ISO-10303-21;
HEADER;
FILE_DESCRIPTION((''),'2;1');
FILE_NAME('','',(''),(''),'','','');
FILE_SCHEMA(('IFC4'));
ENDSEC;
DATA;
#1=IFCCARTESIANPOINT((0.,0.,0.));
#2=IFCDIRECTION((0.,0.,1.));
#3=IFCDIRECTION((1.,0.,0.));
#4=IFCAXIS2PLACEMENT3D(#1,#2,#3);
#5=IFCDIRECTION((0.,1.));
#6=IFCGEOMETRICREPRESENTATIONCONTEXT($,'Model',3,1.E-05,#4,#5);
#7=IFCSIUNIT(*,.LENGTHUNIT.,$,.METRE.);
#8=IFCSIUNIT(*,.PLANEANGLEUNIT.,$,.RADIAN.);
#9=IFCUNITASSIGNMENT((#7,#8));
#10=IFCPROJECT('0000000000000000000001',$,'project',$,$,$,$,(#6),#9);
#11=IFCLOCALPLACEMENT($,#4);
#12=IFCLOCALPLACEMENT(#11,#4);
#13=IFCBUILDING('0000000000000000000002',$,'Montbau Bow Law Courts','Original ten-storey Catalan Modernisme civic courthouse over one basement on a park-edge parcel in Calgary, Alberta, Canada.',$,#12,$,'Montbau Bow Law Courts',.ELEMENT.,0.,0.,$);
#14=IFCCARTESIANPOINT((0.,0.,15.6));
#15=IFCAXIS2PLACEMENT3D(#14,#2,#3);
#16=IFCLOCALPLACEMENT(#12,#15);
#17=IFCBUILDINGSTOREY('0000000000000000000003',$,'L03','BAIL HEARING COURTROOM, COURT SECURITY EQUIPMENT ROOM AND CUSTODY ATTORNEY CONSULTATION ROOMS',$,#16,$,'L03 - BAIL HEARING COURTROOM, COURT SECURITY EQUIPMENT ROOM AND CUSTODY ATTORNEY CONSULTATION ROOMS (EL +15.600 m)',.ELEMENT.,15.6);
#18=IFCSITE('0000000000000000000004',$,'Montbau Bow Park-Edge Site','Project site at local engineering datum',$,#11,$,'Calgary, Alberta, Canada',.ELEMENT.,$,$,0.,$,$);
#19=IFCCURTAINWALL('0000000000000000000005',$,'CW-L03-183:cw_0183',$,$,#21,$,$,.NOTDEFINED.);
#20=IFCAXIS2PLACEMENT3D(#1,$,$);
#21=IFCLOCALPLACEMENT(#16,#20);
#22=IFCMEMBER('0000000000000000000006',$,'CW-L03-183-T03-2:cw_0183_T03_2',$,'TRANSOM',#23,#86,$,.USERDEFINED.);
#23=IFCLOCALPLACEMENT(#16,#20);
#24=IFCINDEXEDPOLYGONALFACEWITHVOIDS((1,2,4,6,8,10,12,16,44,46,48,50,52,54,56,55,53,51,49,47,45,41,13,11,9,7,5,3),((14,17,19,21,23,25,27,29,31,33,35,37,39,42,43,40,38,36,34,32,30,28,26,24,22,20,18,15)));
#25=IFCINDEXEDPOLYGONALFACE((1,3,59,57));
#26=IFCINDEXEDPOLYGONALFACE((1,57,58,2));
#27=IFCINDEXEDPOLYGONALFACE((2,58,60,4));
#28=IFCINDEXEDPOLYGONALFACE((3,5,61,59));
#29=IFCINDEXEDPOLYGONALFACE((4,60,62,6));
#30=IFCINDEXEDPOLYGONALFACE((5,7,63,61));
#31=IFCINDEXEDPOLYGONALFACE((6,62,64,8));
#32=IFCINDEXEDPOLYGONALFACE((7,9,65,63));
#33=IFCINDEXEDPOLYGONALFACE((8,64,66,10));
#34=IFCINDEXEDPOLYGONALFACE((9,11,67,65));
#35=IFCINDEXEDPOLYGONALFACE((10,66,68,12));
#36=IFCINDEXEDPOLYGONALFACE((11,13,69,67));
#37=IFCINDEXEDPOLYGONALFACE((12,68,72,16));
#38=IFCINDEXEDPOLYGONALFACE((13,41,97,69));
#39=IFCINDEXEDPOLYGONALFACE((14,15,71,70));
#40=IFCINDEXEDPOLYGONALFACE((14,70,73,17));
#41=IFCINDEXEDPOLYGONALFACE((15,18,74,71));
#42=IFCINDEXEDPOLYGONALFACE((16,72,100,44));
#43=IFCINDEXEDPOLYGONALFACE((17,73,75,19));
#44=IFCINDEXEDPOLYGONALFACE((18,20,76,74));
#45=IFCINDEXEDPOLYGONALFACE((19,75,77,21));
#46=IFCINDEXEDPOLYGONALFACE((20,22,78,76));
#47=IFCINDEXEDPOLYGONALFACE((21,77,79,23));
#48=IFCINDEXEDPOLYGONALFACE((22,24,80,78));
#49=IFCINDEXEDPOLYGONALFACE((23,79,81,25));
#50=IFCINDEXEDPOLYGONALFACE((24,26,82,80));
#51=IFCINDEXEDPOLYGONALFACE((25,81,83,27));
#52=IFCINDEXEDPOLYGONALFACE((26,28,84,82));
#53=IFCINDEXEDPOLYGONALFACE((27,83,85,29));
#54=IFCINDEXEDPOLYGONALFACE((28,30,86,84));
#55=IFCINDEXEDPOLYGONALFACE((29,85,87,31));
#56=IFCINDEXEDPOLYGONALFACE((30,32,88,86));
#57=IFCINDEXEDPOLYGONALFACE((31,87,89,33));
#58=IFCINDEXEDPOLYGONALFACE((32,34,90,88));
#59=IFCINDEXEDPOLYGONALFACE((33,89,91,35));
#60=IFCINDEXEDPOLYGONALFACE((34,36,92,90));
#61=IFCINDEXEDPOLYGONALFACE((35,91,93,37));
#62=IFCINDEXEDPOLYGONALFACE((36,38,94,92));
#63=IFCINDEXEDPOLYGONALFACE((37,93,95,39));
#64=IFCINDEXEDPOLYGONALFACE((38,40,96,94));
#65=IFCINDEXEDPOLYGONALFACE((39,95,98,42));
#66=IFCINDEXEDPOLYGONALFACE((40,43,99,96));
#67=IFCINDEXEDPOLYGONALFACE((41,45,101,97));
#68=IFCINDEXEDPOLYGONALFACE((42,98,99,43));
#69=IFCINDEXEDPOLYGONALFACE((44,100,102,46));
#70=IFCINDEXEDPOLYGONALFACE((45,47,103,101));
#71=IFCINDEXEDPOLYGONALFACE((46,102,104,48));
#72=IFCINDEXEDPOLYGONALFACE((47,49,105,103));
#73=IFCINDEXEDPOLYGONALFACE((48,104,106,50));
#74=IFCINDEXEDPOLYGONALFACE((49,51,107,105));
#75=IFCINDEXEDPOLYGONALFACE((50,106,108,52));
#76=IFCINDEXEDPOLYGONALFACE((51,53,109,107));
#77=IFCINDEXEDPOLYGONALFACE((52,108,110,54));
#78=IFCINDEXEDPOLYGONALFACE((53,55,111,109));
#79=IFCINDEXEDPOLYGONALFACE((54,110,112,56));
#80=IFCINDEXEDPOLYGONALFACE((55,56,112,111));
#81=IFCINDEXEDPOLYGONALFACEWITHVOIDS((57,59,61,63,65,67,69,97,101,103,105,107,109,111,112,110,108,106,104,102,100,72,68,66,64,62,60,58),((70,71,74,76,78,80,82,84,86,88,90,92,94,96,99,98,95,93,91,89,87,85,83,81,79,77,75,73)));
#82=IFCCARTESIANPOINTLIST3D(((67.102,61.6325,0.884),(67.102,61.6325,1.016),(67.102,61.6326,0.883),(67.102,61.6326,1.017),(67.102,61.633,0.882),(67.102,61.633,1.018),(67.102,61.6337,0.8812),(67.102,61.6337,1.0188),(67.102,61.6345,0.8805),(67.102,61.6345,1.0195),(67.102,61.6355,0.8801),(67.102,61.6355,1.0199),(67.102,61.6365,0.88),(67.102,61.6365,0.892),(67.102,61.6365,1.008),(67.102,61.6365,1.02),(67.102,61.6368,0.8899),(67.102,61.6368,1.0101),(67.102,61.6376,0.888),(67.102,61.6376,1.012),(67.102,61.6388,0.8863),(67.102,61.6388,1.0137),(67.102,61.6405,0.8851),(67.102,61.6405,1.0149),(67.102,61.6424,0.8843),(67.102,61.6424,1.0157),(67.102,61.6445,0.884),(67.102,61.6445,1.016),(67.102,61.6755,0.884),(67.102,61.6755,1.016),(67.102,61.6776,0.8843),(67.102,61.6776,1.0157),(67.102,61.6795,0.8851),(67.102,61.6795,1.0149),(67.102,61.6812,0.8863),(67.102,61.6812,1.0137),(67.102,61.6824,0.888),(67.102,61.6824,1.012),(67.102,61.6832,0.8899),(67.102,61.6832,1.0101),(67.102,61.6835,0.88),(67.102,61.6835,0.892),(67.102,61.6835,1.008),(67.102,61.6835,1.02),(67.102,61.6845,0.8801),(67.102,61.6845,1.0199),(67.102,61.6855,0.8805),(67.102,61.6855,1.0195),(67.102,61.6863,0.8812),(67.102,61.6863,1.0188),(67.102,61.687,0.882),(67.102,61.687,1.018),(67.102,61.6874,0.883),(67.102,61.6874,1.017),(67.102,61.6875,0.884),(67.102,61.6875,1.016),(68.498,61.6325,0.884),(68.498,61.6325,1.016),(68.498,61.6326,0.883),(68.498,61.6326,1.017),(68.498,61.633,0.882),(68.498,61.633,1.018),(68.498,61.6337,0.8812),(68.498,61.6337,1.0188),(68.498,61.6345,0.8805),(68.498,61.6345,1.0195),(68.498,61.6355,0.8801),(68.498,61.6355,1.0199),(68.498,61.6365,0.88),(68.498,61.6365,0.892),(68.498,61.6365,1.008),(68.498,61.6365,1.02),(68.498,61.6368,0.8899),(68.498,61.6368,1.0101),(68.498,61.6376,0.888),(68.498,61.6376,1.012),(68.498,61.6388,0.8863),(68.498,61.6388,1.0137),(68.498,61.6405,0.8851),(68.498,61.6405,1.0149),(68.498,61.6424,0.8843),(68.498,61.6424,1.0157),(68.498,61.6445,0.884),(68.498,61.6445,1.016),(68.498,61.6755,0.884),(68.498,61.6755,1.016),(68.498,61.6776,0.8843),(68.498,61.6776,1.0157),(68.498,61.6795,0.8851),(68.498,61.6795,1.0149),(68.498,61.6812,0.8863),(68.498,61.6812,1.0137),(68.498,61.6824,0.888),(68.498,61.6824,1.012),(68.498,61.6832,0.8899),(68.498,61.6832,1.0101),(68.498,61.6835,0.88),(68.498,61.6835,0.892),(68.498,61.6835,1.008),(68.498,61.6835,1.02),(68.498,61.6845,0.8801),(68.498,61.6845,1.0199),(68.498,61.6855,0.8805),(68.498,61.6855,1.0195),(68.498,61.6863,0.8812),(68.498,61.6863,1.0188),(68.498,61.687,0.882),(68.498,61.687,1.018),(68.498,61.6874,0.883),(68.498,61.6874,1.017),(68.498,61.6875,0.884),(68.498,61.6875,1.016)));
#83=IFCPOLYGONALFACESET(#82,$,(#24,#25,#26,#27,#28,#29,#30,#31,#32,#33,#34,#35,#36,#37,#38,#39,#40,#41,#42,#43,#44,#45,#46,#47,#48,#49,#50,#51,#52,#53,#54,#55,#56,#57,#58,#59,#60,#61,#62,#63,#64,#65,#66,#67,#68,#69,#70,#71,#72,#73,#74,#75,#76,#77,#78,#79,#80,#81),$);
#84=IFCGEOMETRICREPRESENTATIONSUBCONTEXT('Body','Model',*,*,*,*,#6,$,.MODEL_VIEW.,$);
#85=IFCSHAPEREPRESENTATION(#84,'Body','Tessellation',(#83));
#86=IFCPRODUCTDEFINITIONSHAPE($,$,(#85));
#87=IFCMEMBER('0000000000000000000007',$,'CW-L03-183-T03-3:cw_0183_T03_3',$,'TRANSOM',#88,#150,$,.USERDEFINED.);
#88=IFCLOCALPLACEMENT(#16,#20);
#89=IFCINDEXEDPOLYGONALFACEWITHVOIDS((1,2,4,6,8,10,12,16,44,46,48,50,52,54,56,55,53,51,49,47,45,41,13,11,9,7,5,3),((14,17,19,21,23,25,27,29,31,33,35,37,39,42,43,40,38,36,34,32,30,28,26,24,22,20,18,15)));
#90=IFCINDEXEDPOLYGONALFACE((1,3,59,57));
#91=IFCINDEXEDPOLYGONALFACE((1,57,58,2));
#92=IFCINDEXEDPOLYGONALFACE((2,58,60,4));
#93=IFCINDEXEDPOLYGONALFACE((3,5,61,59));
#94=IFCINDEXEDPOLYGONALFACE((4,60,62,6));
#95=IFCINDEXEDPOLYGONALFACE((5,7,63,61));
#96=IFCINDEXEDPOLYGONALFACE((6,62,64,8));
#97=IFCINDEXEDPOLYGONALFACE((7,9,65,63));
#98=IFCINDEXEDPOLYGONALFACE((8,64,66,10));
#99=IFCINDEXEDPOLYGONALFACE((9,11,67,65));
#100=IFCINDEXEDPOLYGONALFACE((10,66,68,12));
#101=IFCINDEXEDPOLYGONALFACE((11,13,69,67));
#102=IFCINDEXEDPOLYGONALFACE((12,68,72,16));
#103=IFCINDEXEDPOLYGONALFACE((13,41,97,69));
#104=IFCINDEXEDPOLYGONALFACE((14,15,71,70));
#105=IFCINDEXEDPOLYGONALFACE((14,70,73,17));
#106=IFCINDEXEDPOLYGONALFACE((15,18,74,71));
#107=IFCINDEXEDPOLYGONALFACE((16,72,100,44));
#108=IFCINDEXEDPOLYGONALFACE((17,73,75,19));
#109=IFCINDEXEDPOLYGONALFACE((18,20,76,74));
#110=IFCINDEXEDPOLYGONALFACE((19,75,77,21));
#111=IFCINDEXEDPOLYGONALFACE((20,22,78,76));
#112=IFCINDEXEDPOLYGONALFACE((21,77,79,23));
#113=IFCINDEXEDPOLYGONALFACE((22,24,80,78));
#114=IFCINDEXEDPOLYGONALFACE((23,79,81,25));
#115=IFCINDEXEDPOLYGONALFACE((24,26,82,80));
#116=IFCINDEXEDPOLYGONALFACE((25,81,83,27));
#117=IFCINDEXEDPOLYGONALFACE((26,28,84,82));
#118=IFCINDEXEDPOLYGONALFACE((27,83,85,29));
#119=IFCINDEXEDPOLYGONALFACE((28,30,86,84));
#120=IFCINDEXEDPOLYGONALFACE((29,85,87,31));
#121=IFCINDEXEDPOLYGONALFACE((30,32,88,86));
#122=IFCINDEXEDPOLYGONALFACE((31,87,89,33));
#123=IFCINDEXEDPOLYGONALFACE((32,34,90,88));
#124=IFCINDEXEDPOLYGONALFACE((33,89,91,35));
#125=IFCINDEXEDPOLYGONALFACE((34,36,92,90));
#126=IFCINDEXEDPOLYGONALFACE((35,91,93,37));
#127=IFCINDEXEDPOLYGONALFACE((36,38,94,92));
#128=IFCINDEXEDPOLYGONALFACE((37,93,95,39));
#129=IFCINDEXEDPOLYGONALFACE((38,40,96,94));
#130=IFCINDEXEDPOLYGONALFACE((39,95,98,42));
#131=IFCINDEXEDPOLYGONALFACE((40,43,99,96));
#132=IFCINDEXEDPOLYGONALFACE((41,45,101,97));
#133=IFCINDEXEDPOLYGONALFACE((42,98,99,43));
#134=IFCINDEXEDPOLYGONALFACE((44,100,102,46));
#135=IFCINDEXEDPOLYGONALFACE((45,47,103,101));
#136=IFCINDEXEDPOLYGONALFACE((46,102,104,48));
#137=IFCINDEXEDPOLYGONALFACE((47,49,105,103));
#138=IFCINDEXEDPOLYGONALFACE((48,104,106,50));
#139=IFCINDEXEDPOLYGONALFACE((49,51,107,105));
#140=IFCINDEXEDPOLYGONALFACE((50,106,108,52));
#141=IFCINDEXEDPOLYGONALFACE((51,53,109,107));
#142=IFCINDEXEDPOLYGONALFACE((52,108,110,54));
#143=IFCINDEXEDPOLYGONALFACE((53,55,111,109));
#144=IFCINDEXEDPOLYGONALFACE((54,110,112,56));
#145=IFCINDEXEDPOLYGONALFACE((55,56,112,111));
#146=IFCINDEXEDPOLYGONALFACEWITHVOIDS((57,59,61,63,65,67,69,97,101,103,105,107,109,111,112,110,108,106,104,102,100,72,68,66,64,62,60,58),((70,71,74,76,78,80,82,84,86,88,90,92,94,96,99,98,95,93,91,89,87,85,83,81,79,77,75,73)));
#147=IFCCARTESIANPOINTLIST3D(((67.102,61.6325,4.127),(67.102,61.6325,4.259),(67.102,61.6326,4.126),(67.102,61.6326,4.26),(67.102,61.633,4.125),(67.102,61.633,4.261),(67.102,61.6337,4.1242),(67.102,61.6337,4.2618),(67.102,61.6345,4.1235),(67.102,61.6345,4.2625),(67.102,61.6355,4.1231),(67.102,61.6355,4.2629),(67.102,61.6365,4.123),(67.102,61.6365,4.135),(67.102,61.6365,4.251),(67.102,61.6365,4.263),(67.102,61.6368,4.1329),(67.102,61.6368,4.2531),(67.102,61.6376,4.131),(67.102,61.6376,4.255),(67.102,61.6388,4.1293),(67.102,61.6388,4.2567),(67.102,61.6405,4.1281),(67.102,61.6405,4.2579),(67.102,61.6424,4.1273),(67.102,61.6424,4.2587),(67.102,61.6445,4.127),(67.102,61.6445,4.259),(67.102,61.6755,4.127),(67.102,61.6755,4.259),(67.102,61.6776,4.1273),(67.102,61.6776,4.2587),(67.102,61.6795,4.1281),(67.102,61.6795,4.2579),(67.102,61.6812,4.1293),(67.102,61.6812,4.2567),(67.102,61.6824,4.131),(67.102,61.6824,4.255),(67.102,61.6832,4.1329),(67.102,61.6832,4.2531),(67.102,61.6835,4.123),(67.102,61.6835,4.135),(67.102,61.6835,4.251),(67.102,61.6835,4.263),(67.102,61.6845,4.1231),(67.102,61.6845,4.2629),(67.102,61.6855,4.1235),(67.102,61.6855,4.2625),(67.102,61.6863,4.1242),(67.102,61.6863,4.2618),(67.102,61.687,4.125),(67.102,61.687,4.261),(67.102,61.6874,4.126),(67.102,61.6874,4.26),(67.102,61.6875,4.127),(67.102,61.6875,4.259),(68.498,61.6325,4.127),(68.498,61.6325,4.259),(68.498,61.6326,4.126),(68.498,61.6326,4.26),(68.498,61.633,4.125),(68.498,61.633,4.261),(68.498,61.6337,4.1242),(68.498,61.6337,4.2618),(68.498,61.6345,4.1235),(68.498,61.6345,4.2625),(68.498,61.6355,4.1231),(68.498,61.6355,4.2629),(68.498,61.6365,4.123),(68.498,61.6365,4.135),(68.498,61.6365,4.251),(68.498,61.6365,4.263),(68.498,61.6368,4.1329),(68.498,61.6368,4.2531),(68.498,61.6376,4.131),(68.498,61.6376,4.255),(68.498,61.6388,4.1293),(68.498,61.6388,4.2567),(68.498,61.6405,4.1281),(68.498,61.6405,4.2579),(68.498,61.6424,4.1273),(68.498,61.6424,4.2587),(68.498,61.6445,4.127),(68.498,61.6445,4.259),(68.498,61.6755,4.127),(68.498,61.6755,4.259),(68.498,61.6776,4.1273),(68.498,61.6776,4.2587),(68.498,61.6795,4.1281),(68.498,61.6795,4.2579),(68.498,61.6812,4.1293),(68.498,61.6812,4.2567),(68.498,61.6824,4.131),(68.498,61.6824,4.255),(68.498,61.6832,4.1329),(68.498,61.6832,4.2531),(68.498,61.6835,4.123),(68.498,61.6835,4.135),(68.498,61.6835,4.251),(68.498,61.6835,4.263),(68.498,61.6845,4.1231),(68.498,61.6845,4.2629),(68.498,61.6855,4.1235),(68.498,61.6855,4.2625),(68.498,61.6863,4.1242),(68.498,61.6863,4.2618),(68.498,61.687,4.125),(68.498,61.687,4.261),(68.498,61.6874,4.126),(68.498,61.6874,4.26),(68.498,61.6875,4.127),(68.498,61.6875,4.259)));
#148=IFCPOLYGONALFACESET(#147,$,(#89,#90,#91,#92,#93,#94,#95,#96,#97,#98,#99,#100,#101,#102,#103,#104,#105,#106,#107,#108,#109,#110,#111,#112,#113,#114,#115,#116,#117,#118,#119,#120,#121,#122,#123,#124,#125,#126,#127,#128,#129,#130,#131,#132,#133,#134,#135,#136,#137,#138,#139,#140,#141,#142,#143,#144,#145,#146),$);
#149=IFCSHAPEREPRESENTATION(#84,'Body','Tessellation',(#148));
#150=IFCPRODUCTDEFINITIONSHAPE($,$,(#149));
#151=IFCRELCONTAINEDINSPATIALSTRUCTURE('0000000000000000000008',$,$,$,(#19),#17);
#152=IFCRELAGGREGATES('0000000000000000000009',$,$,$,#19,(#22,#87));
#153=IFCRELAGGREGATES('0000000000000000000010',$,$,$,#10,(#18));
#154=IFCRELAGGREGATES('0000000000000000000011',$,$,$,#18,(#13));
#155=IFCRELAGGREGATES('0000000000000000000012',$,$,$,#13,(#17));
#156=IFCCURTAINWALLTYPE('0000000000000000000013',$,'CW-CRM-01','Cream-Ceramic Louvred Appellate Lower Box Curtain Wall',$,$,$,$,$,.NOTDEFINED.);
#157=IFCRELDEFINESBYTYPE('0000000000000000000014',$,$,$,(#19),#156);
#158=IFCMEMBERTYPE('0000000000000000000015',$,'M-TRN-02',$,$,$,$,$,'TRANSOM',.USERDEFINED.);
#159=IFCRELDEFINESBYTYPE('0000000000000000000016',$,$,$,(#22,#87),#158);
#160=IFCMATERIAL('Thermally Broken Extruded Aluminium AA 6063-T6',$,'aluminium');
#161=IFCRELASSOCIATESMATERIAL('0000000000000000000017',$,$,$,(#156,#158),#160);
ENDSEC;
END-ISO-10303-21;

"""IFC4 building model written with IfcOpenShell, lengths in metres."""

from ifc_helpers import new_model, si_unit, direction, frame, origin_with_axes, origin_2d_with_axis, place, context, subcontext, project, spatial, hollow_rectangle, extrude, material, material_profile, profile_set, type_object, element, aggregate, save


model = new_model("IFC4")

# Units and contexts
model_context = context("Model", 3, precision=1e-05, world=origin_with_axes(), true_north=direction((0.0, 1.0)))
body_context = subcontext(model_context, "Body", "Model", "MODEL_VIEW")
ifc_project = project(units=[si_unit("LENGTHUNIT", "METRE"), si_unit("PLANEANGLEUNIT", "RADIAN")], contexts=[model_context])

# Site, building, storey
site_placement = place(None, origin_with_axes())
site = spatial("IfcSite", under=ifc_project, at=site_placement, Name="Montbau Bow Park-Edge Site", Description="Project site at local engineering datum", LongName="Calgary, Alberta, Canada", CompositionType="ELEMENT", RefElevation=0.0)
building_placement = place(site_placement, origin_with_axes())
building = spatial("IfcBuilding", under=site, at=building_placement, Name="Montbau Bow Law Courts", Description="Original ten-storey Catalan Modernisme civic courthouse over one basement on a park-edge parcel in Calgary, Alberta, Canada.", LongName="Montbau Bow Law Courts", CompositionType="ELEMENT", ElevationOfRefHeight=0.0, ElevationOfTerrain=0.0)
storey_placement = place(building_placement, frame((0.0, 0.0, 15.6), z_axis=(0.0, 0.0, 1.0), x_axis=(1.0, 0.0, 0.0)))
storey = spatial("IfcBuildingStorey", under=building, at=storey_placement, Name="L03", Description="BAIL HEARING COURTROOM, COURT SECURITY EQUIPMENT ROOM AND CUSTODY ATTORNEY CONSULTATION ROOMS", LongName="L03 - BAIL HEARING COURTROOM, COURT SECURITY EQUIPMENT ROOM AND CUSTODY ATTORNEY CONSULTATION ROOMS (EL +15.600 m)", CompositionType="ELEMENT", Elevation=15.6)

# Curtain wall
ifc_material_1 = material(Name="Thermally Broken Extruded Aluminium AA 6063-T6", Category="aluminium")
curtain_wall_type = type_object("IfcCurtainWallType", Name="CW-CRM-01", Description="Cream-Ceramic Louvred Appellate Lower Box Curtain Wall", PredefinedType="NOTDEFINED", material=ifc_material_1)
curtain_wall_1_placement = place(None, frame((64.115, 61.66, 15.6), z_axis=(0.0, 0.0, 1.0), x_axis=(1.0, 0.0, 0.0)))
curtain_wall_1 = element("IfcCurtainWall", 1, at=curtain_wall_1_placement, inside=storey, type_object=curtain_wall_type, Name="CW-L03-183:cw_0183", PredefinedType="NOTDEFINED")

# Members
ifc_material_profile_1 = material_profile(ifc_material_1, hollow_rectangle(XDim=0.055, YDim=0.14, WallThickness=0.004, InnerFilletRadius=0.008, OuterFilletRadius=0.004, at=origin_2d_with_axis()), Name="CWT-140X55", Category="Main", Priority=0)
ifc_profile_set_1 = profile_set([ifc_material_profile_1], Name="Thermally Broken Extruded Aluminium AA 6063-T6")
member_type_1 = type_object("IfcMemberType", Name="M-TRN-02", ElementType="TRANSOM", PredefinedType="USERDEFINED", material=ifc_profile_set_1)
member_1_placement = place(None, frame((67.102, 61.66, 16.55), z_axis=(1.0, 0.0, 0.0), x_axis=(0.0, 1.0, 0.0)))
member_1 = element("IfcMember", 2, at=member_1_placement, type_object=member_type_1, Name="CW-L03-183-T03-2:cw_0183_T03_2", ObjectType="TRANSOM", PredefinedType="USERDEFINED", context=body_context, shape_type="SweptSolid", body=[
    extrude(hollow_rectangle(XDim=0.055, YDim=0.14, WallThickness=0.004, InnerFilletRadius=0.008, OuterFilletRadius=0.004, at=origin_2d_with_axis()), origin_with_axes(), (0.0, 0.0, 1.0), 1.396),
])
member_2_placement = place(None, frame((67.102, 61.66, 19.793), z_axis=(1.0, 0.0, 0.0), x_axis=(0.0, 1.0, 0.0)))
member_2 = element("IfcMember", 3, at=member_2_placement, type_object=member_type_1, Name="CW-L03-183-T03-3:cw_0183_T03_3", ObjectType="TRANSOM", PredefinedType="USERDEFINED", context=body_context, shape_type="SweptSolid", body=[
    extrude(hollow_rectangle(XDim=0.055, YDim=0.14, WallThickness=0.004, InnerFilletRadius=0.008, OuterFilletRadius=0.004, at=origin_2d_with_axis()), origin_with_axes(), (0.0, 0.0, 1.0), 1.396),
])

aggregate(curtain_wall_1, [member_1, member_2])

save(model, "model.ifc")
